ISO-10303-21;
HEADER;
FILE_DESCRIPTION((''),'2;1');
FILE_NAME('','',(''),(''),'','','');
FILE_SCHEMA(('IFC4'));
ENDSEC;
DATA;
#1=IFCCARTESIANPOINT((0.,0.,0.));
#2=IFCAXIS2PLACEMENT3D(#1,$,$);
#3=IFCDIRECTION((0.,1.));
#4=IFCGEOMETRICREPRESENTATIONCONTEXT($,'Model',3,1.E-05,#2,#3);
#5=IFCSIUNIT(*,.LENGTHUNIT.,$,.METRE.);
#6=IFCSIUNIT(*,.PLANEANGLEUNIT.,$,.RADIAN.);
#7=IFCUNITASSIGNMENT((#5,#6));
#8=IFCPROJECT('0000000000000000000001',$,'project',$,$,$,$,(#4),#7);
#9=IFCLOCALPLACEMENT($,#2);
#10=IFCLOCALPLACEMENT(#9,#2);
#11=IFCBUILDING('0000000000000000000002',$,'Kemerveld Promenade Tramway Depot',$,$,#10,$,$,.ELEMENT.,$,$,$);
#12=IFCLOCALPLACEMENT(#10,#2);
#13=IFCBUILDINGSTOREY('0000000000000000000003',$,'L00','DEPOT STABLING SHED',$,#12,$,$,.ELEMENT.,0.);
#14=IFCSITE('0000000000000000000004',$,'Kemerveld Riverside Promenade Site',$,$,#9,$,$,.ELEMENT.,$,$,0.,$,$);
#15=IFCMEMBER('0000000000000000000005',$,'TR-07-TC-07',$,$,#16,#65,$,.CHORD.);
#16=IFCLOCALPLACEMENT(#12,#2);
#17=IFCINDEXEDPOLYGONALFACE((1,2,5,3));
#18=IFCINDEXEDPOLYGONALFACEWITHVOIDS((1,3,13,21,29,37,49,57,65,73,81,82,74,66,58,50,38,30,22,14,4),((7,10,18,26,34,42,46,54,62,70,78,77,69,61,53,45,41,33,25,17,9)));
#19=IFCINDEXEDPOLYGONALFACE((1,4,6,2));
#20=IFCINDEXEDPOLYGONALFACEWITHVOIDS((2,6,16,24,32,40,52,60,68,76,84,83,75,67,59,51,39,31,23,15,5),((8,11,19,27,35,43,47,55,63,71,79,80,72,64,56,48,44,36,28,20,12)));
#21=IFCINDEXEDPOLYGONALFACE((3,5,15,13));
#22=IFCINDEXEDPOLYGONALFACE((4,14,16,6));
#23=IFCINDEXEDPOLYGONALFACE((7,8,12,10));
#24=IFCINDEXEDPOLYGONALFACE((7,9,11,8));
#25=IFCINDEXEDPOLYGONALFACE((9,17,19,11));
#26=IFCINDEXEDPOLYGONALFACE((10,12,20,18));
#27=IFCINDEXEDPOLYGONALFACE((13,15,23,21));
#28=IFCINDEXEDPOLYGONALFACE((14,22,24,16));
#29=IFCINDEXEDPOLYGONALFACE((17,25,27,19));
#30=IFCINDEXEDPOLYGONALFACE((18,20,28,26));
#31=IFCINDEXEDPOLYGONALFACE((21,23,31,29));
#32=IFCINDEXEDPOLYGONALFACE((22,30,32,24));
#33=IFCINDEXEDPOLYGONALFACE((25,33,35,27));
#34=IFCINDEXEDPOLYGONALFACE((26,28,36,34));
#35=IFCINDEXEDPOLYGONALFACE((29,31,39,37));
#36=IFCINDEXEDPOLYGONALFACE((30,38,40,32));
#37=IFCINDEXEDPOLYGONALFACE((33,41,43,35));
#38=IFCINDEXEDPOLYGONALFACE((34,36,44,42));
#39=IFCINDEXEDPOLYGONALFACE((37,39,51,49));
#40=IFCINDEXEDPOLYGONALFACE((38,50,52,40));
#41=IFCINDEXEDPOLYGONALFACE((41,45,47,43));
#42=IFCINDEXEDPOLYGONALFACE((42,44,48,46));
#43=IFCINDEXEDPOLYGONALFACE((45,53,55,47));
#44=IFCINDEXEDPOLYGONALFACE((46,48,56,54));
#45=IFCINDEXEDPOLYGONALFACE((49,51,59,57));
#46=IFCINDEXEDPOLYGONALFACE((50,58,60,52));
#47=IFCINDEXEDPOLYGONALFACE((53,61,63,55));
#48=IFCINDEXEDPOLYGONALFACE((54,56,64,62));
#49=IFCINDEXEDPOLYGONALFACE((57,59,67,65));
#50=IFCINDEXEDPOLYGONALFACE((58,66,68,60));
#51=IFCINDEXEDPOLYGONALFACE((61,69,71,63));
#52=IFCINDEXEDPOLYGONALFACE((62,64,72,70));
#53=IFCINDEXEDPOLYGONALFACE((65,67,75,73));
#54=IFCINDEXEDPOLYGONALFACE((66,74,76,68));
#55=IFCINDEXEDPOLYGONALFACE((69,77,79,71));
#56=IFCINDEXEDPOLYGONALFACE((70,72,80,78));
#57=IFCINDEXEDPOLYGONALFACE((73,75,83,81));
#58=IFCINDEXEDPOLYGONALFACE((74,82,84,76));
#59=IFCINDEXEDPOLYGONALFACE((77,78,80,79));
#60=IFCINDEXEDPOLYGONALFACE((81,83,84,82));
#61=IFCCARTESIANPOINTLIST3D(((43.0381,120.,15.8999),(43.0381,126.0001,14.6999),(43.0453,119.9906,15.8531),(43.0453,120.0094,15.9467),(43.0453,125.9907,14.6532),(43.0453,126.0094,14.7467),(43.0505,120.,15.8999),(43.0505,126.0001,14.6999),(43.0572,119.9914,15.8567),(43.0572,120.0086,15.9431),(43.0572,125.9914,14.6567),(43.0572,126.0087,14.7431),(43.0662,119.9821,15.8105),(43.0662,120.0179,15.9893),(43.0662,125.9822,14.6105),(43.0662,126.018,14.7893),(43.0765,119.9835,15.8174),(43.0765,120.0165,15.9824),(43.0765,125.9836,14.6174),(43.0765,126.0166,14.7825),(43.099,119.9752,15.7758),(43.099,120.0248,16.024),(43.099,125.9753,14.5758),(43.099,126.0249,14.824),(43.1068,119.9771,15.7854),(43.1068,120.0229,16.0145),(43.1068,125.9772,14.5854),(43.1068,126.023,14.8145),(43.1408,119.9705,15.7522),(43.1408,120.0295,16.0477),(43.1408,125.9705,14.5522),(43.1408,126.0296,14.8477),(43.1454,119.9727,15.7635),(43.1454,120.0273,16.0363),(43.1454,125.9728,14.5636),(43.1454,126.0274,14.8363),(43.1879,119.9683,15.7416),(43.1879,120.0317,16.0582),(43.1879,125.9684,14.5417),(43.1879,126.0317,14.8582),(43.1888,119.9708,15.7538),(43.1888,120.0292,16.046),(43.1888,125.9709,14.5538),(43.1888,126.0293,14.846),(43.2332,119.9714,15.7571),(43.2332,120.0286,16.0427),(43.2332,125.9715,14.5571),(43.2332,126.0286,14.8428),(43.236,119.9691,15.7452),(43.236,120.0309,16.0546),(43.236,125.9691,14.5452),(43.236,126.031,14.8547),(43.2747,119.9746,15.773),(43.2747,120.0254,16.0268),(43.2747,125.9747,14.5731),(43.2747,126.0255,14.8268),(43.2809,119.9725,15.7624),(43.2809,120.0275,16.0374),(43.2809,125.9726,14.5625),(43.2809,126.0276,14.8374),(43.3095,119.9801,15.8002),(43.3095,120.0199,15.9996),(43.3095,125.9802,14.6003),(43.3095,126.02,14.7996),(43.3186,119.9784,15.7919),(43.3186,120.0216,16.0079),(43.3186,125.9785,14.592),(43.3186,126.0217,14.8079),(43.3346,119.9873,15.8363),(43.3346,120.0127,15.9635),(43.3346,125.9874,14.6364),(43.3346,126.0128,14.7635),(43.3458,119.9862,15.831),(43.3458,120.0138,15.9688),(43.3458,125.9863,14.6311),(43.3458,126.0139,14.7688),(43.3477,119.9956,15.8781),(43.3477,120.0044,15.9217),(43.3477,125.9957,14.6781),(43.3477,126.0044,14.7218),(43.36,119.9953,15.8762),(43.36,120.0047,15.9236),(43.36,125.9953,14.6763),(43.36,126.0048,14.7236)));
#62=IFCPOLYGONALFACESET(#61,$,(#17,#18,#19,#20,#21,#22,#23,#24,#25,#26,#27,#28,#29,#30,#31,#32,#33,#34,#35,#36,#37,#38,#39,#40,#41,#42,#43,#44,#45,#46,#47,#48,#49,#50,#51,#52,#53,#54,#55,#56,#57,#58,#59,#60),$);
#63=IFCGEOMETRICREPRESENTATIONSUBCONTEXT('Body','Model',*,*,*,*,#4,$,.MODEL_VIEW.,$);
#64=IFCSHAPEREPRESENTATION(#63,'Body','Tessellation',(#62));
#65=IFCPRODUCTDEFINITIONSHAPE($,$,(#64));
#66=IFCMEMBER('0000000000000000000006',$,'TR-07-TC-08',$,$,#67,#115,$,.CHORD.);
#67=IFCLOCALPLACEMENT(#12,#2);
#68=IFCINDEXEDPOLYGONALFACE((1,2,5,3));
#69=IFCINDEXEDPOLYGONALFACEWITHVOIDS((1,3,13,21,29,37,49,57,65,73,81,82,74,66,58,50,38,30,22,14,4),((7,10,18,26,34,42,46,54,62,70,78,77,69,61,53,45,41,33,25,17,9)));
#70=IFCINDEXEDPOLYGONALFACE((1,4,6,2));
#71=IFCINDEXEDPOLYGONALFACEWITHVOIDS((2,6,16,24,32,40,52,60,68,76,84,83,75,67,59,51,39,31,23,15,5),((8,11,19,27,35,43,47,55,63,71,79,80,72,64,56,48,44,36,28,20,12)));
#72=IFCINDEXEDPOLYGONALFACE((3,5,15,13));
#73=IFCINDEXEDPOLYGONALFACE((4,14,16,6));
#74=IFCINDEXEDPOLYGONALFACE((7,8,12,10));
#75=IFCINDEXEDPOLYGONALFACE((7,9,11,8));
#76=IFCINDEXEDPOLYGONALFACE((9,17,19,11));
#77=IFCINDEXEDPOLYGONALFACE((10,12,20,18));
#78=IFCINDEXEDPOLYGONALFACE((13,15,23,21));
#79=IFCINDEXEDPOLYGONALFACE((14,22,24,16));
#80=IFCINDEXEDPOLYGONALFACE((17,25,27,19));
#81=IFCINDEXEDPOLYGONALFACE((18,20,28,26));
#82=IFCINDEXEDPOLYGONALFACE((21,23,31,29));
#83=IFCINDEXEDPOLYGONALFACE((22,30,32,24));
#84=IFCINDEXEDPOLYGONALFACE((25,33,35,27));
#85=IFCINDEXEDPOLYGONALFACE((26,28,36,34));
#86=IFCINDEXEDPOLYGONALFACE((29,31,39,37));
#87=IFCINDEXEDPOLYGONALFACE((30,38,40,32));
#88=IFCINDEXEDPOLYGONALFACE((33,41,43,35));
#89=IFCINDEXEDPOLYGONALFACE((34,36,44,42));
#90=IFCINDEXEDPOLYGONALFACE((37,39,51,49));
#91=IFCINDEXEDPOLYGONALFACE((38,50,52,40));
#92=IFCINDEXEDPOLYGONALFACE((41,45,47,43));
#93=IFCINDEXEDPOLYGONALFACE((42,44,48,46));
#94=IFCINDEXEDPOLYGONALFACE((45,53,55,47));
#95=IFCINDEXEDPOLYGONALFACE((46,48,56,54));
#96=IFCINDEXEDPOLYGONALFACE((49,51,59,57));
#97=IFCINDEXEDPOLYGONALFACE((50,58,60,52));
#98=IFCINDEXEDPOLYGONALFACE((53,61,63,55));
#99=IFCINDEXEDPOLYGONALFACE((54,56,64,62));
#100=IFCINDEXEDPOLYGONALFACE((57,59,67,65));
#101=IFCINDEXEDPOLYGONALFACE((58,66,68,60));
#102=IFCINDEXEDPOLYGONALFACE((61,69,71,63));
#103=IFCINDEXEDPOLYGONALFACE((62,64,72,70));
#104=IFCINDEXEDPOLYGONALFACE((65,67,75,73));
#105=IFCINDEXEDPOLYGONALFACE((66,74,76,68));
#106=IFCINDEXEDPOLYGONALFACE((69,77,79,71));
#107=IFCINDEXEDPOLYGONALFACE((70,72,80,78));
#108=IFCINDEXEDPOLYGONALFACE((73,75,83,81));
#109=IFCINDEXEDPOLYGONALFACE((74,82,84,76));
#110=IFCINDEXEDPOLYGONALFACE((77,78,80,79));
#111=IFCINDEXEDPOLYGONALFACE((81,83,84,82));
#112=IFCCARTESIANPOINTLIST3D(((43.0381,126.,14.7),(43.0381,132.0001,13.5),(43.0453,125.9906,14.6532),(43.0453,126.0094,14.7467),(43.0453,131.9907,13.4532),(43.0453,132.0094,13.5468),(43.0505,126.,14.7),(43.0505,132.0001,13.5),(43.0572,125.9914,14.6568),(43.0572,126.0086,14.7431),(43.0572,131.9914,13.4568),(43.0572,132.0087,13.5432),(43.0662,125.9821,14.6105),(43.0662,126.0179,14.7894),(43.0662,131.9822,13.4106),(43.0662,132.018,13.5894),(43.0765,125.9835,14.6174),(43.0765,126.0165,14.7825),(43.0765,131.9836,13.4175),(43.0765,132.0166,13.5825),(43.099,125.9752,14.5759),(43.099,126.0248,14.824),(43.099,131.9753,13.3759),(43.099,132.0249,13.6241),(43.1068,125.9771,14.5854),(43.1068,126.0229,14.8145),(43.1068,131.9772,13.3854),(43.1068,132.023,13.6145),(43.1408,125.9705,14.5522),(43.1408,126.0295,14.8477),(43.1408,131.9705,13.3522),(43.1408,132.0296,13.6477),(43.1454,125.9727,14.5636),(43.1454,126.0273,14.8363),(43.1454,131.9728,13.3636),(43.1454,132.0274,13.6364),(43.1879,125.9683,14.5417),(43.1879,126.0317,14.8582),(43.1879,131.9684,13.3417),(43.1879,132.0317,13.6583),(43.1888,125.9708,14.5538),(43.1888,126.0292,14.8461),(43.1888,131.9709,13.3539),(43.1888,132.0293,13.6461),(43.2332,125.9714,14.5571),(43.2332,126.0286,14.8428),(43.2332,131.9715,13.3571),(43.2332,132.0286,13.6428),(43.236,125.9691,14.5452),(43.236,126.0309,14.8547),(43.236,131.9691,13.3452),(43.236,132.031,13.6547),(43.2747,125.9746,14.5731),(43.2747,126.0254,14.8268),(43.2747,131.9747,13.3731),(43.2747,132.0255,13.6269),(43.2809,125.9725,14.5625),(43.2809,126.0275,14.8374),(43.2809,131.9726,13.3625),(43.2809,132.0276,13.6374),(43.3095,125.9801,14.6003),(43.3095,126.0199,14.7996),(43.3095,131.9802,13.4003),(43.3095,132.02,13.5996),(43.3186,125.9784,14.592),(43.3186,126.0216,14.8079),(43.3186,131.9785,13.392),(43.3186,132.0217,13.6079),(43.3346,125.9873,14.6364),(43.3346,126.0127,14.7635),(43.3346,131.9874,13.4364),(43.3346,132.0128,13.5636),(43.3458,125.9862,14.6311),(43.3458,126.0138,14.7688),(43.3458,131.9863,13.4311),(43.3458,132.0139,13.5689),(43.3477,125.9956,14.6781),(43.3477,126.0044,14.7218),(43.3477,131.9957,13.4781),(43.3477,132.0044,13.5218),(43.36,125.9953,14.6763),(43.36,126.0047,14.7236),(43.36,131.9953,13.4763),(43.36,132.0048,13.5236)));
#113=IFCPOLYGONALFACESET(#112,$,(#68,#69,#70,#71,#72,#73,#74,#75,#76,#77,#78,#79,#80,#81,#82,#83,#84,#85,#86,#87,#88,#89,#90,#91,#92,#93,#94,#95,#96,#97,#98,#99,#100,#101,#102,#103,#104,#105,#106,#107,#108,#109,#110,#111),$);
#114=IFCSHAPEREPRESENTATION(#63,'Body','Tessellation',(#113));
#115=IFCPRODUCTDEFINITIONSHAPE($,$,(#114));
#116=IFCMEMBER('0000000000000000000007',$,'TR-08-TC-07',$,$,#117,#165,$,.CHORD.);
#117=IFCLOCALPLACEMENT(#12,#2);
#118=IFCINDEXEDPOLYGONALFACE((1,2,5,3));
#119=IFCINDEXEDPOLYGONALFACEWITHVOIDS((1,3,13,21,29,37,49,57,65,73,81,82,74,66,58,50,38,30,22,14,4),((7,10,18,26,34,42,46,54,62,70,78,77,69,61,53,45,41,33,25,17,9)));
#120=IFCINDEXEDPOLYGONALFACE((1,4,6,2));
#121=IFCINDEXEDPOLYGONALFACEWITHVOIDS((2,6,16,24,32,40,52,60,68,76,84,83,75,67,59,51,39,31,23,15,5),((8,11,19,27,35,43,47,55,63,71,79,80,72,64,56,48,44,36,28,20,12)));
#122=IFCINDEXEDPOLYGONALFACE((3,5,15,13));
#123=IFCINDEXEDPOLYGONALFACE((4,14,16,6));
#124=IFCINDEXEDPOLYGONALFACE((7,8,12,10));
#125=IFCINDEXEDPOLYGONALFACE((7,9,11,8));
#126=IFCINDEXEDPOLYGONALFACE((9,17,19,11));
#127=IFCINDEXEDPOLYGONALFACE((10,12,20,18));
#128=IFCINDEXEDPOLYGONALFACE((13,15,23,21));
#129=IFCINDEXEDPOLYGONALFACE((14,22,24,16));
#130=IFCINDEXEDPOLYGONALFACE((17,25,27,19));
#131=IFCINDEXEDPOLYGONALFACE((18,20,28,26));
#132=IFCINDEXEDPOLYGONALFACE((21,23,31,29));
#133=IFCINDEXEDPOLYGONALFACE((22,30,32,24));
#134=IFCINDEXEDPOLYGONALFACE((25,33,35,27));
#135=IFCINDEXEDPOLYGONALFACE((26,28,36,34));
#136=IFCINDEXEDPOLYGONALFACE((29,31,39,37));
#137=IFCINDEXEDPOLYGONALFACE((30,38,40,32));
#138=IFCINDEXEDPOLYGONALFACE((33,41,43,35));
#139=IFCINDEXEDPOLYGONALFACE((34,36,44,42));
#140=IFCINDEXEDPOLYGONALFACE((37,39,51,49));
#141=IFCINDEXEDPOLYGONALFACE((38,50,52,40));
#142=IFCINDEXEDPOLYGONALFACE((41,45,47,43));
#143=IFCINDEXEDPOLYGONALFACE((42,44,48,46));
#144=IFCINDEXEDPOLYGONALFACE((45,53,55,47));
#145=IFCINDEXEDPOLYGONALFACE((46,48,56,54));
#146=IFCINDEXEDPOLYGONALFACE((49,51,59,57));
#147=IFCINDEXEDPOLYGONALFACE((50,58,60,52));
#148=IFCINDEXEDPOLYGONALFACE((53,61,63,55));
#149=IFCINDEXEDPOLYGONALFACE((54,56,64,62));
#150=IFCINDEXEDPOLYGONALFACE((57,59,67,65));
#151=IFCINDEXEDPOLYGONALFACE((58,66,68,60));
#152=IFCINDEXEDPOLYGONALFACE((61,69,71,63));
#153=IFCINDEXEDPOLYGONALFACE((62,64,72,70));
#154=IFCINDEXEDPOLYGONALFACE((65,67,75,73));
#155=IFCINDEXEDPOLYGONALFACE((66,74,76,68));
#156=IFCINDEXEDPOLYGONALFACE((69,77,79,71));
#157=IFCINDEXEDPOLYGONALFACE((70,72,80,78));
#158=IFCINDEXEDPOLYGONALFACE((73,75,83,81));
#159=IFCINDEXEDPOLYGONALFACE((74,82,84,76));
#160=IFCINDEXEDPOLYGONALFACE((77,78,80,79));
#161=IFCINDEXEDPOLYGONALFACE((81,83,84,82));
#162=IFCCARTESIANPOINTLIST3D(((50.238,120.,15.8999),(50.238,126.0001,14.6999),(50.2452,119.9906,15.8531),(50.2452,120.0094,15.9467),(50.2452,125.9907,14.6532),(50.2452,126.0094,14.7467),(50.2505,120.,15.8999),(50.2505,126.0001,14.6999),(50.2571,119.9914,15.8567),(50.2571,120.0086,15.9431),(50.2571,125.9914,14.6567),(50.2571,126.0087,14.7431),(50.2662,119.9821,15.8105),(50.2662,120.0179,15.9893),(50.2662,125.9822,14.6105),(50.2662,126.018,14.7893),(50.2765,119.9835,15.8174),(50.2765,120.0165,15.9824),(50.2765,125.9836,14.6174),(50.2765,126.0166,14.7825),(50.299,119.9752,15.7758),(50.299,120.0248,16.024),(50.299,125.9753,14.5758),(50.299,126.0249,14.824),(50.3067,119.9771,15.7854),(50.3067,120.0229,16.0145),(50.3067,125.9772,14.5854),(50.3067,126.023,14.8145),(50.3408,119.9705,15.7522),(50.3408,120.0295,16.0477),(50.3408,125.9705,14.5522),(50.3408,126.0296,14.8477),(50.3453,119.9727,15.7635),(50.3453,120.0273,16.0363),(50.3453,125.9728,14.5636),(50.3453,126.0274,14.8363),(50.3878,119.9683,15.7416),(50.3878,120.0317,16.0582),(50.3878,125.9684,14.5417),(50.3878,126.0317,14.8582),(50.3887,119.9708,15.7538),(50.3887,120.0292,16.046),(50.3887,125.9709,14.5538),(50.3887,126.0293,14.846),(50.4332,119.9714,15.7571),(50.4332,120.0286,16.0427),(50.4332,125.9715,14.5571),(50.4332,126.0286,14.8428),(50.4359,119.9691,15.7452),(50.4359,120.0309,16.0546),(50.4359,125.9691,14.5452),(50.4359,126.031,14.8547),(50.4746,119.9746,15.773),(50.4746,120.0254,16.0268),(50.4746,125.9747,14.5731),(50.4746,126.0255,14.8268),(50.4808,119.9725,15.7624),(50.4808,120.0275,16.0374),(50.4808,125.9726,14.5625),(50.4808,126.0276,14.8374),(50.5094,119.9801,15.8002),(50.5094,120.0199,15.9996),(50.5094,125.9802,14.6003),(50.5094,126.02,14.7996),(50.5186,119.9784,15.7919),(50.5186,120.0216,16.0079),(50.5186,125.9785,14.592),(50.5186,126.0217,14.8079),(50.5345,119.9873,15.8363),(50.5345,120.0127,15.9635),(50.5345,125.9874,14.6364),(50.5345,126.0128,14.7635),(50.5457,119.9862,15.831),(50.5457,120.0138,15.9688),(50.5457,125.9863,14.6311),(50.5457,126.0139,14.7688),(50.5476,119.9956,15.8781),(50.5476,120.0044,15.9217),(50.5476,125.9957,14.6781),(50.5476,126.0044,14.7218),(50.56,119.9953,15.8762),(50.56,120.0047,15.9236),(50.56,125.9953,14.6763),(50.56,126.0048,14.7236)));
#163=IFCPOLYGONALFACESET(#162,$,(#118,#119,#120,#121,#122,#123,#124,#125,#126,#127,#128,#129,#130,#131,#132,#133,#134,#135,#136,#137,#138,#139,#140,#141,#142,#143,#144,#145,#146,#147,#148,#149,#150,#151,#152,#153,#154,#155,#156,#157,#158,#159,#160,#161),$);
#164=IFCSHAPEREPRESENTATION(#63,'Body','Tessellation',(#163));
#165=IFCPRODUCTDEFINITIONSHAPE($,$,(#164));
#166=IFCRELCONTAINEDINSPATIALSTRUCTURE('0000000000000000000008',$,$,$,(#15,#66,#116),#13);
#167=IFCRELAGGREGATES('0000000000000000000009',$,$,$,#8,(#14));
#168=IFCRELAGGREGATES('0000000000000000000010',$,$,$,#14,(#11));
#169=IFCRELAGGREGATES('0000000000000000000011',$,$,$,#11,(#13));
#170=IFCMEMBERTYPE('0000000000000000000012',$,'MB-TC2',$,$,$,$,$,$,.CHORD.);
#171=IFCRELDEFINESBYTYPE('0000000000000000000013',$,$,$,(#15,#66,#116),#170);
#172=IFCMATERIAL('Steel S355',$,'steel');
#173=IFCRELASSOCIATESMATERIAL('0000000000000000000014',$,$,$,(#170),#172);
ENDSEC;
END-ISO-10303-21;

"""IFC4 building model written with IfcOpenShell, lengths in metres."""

from ifc_helpers import new_model, si_unit, direction, frame, origin, origin_2d, place, context, subcontext, project, spatial, hollow_circle, extrude, material, material_profile, profile_set, type_object, element, save


model = new_model("IFC4")

# Units and contexts
model_context = context("Model", 3, precision=1e-05, world=origin(), true_north=direction((0.0, 1.0)))
body_context = subcontext(model_context, "Body", "Model", "MODEL_VIEW")
ifc_project = project(units=[si_unit("LENGTHUNIT", "METRE"), si_unit("PLANEANGLEUNIT", "RADIAN")], contexts=[model_context])

# Site, building, storey
site_placement = place(None, origin())
site = spatial("IfcSite", under=ifc_project, at=site_placement, Name="Kemerveld Riverside Promenade Site", CompositionType="ELEMENT", RefElevation=0.0)
building_placement = place(site_placement, origin())
building = spatial("IfcBuilding", under=site, at=building_placement, Name="Kemerveld Promenade Tramway Depot", CompositionType="ELEMENT")
storey_placement = place(building_placement, origin())
storey = spatial("IfcBuildingStorey", under=building, at=storey_placement, Name="L00", Description="DEPOT STABLING SHED", CompositionType="ELEMENT", Elevation=0.0)

# Members
ifc_material_1 = material(Name="Steel S355", Category="steel")
ifc_material_profile_1 = material_profile(ifc_material_1, hollow_circle(Radius=0.1619, WallThickness=0.0125, at=origin_2d()), Name="323.9x12.5 CHS")
ifc_profile_set_1 = profile_set([ifc_material_profile_1], Name="Steel S355")
member_type_1 = type_object("IfcMemberType", Name="MB-TC2", PredefinedType="CHORD", material=ifc_profile_set_1)
for number, where, z_axis, x_axis, name in (
    (1, (43.2, 120.0, 15.8999), (0.0, 0.980582, -0.196108), (-1.0, 0.0, 0.0), "TR-07-TC-07"),
    (2, (43.2, 126.0, 14.7), (0.0, 0.980582, -0.196108), (-1.0, 0.0, 0.0), "TR-07-TC-08"),
    (3, (50.3999, 120.0, 15.8999), (0.0, 0.980582, -0.196108), (-1.0, 0.0, 0.0), "TR-08-TC-07"),
):
    element("IfcMember", number, at=place(storey_placement, frame(where, z_axis=z_axis, x_axis=x_axis)), inside=storey, type_object=member_type_1, Name=name, PredefinedType="CHORD", context=body_context, shape_type="SweptSolid", body=[
        extrude(hollow_circle(Radius=0.1619, WallThickness=0.0125, at=origin_2d()), origin(), (0.0, 0.0, 1.0), 6.1189),
    ])

save(model, "model.ifc")
